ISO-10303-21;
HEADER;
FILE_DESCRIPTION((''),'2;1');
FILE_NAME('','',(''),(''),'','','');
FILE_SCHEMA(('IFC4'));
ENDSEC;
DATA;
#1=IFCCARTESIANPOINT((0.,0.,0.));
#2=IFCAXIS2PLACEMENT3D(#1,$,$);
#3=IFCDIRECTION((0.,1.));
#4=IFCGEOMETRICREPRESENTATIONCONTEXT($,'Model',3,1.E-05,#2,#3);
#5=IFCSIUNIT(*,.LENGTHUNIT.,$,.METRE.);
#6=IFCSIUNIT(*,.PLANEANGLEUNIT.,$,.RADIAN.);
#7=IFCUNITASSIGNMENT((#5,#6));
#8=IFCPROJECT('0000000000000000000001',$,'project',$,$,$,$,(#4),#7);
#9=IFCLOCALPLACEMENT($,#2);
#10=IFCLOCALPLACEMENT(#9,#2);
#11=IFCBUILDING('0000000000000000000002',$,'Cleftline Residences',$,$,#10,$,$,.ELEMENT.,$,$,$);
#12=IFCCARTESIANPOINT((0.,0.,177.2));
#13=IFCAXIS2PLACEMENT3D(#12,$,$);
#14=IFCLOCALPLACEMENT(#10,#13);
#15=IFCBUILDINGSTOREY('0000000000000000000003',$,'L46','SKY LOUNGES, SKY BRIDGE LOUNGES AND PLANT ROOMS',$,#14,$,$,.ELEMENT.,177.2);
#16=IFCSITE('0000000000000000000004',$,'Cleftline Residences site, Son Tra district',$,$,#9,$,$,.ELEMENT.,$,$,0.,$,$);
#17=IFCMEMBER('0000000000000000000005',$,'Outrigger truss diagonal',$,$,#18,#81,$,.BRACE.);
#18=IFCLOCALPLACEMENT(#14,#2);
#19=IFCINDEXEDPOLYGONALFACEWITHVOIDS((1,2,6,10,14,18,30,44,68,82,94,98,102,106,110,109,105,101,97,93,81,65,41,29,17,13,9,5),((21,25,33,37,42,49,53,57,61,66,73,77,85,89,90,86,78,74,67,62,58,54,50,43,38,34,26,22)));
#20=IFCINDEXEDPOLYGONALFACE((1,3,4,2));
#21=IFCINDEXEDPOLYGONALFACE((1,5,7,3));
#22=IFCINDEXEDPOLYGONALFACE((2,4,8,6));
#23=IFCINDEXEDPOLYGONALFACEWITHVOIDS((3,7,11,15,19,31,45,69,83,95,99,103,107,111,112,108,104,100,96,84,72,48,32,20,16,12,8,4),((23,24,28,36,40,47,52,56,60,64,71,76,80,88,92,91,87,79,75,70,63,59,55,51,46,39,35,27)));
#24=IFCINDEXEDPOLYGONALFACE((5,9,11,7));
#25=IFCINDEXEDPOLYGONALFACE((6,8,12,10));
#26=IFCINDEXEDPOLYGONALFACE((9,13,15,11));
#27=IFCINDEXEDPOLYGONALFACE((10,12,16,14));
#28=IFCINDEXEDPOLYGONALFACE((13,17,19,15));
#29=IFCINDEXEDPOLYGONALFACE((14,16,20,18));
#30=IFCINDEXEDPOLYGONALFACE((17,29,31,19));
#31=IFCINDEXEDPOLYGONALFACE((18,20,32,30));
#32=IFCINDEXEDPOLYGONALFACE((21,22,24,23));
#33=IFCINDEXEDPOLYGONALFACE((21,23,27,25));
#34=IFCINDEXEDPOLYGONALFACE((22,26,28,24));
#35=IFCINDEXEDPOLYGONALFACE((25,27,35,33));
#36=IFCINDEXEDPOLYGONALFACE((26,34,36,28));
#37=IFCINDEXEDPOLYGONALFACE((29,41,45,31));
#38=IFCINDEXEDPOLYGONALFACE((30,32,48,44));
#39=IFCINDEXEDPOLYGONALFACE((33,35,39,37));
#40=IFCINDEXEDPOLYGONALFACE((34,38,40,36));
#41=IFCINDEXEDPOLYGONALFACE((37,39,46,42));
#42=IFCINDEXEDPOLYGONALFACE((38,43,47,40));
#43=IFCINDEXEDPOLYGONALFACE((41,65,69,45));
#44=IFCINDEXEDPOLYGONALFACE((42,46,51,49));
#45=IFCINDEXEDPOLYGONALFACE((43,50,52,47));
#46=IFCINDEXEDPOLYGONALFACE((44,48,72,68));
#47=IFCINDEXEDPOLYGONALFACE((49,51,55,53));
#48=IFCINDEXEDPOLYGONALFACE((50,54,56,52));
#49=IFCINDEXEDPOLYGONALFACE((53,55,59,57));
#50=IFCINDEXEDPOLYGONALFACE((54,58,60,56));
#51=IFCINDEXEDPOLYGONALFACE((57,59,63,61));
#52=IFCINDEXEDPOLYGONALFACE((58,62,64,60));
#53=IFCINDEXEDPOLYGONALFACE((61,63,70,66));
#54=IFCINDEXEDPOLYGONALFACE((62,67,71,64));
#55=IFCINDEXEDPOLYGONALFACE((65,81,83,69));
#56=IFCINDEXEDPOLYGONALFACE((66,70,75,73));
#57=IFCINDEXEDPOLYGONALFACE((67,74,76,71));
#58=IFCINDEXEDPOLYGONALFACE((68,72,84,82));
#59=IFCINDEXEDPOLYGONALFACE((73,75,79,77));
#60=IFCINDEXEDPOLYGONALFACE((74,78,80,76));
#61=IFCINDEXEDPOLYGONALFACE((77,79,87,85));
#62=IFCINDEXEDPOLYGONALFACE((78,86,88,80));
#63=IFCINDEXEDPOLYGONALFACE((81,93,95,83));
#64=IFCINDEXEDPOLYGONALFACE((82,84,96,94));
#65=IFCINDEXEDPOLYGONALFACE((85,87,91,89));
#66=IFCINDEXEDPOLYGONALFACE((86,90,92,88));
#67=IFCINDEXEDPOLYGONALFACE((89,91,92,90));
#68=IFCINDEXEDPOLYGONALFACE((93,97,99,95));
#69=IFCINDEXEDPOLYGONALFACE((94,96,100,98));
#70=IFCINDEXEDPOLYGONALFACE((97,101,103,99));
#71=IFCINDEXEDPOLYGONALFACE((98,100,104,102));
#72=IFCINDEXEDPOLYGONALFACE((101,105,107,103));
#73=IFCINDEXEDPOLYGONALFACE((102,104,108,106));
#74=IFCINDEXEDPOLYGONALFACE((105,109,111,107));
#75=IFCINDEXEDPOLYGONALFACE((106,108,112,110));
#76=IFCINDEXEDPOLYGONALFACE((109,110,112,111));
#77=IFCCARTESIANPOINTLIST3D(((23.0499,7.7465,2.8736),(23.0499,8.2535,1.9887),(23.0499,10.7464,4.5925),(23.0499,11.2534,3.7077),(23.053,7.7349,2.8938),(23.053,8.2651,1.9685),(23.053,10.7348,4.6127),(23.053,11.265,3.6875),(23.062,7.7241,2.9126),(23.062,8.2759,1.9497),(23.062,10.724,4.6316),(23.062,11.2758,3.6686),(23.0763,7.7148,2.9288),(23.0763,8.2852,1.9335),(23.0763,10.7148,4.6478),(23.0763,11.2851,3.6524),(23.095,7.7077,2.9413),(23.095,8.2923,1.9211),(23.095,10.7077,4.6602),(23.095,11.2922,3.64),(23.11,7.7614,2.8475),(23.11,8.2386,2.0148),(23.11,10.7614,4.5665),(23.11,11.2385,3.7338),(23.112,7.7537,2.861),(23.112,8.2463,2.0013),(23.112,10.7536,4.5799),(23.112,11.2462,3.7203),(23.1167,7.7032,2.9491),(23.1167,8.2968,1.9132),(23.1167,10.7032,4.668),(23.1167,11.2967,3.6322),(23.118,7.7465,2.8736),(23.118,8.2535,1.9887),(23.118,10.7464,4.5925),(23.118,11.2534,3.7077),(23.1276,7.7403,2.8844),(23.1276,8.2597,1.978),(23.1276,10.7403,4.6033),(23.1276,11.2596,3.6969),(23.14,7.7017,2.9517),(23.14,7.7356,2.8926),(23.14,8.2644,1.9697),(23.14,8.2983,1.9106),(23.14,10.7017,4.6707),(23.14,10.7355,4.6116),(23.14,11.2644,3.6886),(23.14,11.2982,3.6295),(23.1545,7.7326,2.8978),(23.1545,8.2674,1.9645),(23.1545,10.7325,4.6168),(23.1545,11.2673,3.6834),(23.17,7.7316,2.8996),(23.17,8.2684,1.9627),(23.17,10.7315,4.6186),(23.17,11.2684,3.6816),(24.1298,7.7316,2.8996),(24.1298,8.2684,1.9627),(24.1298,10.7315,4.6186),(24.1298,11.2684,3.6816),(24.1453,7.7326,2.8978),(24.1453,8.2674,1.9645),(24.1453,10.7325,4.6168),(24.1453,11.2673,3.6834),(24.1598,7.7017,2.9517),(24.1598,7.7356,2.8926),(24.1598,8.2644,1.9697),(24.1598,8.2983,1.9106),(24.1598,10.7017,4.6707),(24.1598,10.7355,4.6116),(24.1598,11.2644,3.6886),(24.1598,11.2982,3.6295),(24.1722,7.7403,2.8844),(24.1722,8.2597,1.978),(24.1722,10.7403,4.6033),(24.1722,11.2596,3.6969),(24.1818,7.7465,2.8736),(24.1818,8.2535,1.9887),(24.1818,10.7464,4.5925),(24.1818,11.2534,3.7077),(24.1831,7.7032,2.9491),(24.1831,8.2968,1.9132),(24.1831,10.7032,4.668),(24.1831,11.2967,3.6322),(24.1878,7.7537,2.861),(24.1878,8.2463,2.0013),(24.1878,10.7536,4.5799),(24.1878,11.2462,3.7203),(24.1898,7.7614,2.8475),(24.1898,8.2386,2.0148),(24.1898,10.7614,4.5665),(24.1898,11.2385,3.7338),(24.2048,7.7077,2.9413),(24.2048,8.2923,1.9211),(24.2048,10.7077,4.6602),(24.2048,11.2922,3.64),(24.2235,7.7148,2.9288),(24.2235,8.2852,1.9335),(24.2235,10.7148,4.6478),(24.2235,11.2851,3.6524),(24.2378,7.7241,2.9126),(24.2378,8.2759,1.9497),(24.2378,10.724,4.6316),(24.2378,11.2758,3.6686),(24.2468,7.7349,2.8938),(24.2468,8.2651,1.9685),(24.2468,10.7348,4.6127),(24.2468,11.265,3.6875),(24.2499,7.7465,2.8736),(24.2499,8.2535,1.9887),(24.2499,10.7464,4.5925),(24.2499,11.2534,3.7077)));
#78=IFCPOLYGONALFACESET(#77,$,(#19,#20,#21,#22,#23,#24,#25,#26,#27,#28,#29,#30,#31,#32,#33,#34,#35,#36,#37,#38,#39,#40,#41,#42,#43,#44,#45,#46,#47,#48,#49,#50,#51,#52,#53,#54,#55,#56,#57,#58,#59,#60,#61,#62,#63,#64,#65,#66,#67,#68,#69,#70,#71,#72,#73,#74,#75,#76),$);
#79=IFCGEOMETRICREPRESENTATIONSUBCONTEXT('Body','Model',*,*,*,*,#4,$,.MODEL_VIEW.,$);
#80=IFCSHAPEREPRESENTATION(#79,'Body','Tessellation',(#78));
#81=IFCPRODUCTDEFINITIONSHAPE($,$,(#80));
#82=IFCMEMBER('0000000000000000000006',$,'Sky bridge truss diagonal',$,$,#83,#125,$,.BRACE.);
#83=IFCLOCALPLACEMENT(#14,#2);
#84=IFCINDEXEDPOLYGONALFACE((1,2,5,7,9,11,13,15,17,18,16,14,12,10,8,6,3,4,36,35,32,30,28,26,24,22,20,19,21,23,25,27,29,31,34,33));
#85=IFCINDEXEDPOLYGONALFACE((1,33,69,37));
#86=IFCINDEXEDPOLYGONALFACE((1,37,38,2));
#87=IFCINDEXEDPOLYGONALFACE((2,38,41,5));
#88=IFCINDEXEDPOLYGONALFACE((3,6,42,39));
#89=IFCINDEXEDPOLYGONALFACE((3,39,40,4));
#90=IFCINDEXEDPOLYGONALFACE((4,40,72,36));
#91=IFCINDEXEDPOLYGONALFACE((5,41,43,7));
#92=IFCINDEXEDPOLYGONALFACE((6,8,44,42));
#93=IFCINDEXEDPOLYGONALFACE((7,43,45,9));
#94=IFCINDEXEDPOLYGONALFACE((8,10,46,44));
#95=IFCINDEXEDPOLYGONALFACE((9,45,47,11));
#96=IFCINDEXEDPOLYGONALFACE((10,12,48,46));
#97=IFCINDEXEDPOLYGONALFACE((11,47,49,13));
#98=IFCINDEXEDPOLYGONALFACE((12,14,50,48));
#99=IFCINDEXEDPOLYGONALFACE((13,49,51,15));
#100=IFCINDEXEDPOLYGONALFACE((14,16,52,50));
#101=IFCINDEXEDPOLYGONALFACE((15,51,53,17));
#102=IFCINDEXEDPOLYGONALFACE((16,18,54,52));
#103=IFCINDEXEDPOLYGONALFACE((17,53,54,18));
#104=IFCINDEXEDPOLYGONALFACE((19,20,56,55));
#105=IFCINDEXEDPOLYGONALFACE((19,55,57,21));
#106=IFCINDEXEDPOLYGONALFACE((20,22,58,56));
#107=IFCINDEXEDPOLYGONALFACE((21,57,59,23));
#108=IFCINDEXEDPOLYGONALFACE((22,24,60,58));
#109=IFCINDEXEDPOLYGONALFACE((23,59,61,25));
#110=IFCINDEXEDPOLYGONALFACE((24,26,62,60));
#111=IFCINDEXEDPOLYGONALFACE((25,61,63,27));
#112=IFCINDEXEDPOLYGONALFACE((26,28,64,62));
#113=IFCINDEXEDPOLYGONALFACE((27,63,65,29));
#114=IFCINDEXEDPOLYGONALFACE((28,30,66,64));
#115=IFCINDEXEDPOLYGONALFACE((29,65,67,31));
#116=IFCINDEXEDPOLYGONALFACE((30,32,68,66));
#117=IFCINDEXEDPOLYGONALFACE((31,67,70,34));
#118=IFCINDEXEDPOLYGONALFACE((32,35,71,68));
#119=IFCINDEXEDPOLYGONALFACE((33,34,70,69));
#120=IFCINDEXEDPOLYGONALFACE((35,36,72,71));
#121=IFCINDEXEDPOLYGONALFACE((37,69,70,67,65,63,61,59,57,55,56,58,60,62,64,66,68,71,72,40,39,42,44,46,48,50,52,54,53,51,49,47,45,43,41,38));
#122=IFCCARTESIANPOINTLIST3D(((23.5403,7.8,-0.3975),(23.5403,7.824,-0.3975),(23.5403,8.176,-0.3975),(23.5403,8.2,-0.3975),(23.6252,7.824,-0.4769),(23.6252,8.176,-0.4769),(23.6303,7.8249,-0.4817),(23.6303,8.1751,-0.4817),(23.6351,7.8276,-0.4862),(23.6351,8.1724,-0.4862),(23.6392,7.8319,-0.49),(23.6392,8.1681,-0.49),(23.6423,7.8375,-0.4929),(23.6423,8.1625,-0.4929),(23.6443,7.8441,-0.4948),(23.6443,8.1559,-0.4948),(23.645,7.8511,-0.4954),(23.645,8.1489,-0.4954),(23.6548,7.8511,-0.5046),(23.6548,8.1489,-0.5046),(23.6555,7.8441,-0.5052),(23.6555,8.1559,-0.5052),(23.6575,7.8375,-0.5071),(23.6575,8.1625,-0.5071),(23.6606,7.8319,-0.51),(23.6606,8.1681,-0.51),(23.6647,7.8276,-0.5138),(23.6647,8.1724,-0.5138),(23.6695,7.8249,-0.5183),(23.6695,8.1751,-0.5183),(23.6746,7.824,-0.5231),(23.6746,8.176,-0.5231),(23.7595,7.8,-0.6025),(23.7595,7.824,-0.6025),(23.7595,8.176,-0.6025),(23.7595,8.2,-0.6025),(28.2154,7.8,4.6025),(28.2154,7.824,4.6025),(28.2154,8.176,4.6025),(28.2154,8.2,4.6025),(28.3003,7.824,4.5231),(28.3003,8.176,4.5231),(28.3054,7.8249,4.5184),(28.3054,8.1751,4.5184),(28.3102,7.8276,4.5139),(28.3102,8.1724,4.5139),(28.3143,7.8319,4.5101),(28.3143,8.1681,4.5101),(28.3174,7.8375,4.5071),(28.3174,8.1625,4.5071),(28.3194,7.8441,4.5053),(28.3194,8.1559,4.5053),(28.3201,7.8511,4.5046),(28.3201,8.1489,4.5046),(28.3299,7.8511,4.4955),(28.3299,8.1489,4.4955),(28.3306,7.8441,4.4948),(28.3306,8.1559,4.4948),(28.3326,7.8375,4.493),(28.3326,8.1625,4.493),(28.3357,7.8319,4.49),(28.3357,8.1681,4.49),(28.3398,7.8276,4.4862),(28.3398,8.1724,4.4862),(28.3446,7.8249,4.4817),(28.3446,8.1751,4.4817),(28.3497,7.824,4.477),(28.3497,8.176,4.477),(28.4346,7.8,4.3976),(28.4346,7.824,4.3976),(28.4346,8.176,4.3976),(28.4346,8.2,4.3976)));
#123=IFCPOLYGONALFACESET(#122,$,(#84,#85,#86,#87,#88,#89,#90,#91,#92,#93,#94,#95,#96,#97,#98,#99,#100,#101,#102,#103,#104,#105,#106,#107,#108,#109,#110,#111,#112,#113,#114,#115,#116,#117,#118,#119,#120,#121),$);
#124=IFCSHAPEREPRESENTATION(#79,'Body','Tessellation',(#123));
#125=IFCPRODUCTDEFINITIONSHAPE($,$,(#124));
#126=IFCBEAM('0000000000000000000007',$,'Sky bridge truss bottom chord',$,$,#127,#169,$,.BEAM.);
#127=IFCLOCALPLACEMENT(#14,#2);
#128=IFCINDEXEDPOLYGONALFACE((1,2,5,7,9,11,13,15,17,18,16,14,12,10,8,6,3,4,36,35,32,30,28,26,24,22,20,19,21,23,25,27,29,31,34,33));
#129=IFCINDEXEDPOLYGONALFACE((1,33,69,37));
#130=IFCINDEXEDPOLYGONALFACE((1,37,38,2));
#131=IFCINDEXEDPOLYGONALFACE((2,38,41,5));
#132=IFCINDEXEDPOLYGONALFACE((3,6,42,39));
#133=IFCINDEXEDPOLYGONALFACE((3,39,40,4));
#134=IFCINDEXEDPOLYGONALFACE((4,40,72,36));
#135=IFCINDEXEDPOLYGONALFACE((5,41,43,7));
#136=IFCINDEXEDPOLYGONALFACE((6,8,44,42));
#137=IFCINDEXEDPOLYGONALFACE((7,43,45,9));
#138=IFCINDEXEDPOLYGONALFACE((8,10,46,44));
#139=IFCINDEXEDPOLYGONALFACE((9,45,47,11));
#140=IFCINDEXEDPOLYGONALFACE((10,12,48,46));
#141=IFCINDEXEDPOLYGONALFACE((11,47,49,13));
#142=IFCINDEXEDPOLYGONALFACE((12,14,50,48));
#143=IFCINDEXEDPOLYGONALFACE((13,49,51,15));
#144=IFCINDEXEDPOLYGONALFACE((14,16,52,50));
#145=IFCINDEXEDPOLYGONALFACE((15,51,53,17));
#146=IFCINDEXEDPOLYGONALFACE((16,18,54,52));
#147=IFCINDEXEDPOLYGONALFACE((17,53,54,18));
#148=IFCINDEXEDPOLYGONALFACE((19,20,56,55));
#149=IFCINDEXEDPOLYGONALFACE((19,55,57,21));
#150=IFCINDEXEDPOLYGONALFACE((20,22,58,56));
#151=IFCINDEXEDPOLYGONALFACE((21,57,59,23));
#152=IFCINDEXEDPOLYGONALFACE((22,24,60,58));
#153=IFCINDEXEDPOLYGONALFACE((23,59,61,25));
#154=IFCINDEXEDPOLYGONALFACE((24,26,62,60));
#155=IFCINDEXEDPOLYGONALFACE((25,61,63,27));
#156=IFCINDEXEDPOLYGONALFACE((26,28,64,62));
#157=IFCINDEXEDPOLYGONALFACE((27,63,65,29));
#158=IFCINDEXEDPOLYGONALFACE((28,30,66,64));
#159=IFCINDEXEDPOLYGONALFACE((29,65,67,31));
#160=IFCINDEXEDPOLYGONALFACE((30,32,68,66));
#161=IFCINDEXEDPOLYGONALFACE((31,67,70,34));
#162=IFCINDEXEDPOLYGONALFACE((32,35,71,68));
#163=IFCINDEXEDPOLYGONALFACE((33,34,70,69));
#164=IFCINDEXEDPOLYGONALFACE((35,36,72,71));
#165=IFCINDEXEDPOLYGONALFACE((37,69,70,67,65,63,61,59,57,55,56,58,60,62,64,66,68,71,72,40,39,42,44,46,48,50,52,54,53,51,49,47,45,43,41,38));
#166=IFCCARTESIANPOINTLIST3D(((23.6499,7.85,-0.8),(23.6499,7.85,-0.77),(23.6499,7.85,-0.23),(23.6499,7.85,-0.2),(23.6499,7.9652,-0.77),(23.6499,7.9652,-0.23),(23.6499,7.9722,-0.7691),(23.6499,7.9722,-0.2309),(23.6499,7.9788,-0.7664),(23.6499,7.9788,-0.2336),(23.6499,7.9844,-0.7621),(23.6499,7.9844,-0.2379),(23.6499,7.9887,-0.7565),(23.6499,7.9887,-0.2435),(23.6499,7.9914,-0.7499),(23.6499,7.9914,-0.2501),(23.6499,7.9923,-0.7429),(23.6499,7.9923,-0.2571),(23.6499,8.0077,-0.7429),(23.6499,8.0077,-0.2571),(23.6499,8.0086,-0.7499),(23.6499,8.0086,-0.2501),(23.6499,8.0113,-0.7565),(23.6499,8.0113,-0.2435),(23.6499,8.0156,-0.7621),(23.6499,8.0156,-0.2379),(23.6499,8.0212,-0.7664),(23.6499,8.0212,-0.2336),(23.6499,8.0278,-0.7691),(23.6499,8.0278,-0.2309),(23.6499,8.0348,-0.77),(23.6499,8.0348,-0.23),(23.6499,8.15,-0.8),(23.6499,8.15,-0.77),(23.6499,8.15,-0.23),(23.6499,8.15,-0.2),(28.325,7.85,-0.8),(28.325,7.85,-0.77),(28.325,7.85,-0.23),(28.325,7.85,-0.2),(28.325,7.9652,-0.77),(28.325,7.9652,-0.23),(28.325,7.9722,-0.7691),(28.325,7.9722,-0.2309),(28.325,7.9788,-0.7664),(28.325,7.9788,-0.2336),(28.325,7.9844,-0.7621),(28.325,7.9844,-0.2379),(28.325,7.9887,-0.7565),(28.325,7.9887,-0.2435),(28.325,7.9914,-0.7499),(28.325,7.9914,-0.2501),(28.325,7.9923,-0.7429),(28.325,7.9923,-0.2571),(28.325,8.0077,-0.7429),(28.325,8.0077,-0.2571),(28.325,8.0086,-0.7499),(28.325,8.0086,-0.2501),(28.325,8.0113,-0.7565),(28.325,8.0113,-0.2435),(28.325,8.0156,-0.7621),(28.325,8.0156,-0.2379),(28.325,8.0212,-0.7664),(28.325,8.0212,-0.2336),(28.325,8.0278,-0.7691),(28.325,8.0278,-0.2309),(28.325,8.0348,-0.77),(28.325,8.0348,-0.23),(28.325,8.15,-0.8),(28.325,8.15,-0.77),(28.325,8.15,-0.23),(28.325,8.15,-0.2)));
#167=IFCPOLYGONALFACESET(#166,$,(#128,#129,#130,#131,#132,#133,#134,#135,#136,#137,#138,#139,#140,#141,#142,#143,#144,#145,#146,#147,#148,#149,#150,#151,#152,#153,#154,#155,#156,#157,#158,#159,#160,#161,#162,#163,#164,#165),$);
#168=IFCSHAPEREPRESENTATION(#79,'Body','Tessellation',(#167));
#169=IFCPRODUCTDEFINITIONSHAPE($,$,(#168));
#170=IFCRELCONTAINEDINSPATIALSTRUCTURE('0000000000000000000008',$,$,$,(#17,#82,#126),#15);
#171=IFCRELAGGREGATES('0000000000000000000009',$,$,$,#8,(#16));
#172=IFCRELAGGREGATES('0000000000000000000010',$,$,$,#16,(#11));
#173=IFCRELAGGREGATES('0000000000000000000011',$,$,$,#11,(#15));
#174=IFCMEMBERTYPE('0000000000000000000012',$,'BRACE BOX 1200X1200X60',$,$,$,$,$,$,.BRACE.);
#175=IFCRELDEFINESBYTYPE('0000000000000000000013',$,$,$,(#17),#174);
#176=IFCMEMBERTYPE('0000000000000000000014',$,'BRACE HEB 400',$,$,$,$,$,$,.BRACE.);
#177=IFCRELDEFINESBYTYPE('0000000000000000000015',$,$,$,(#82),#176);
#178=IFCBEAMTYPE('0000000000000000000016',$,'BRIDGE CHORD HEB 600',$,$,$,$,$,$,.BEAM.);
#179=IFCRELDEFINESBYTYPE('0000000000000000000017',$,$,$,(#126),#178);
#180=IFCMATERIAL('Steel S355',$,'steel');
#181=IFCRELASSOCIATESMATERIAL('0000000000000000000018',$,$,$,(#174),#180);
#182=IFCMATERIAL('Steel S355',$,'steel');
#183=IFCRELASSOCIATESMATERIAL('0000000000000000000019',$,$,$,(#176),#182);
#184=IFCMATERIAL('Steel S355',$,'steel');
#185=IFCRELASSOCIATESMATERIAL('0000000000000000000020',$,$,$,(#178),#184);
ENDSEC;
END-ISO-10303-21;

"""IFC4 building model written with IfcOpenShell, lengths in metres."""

from ifc_helpers import new_model, si_unit, direction, frame, origin, origin_2d, place, context, subcontext, project, spatial, hollow_rectangle, i_section, extrude, material, material_profile, profile_set, type_object, element, save


model = new_model("IFC4")

# Units and contexts
model_context = context("Model", 3, precision=1e-05, world=origin(), true_north=direction((0.0, 1.0)))
body_context = subcontext(model_context, "Body", "Model", "MODEL_VIEW")
ifc_project = project(units=[si_unit("LENGTHUNIT", "METRE"), si_unit("PLANEANGLEUNIT", "RADIAN")], contexts=[model_context])

# Site, building, storey
site_placement = place(None, origin())
site = spatial("IfcSite", under=ifc_project, at=site_placement, Name="Cleftline Residences site, Son Tra district", CompositionType="ELEMENT", RefElevation=0.0)
building_placement = place(site_placement, origin())
building = spatial("IfcBuilding", under=site, at=building_placement, Name="Cleftline Residences", CompositionType="ELEMENT")
storey_placement = place(building_placement, frame((0.0, 0.0, 177.2)))
storey = spatial("IfcBuildingStorey", under=building, at=storey_placement, Name="L46", Description="SKY LOUNGES, SKY BRIDGE LOUNGES AND PLANT ROOMS", CompositionType="ELEMENT", Elevation=177.2)

# Members
ifc_material_1 = material(Name="Steel S355", Category="steel")
ifc_material_profile_1 = material_profile(ifc_material_1, hollow_rectangle(XDim=1.2, YDim=1.2, WallThickness=0.0601, InnerFilletRadius=0.0601, OuterFilletRadius=0.0901, at=origin_2d()))
ifc_profile_set_1 = profile_set([ifc_material_profile_1], Name="Steel S355")
member_type_1 = type_object("IfcMemberType", Name="BRACE BOX 1200X1200X60", PredefinedType="BRACE", material=ifc_profile_set_1)
member_1_placement = place(storey_placement, frame((23.6499, 8.0, 2.4312), z_axis=(0.0, 0.867656, 0.497165), x_axis=(0.0, -0.497165, 0.867656)))
element("IfcMember", 1, at=member_1_placement, inside=storey, type_object=member_type_1, Name="Outrigger truss diagonal", PredefinedType="BRACE", context=body_context, shape_type="SweptSolid", body=[
    extrude(hollow_rectangle(XDim=1.2, YDim=1.2, WallThickness=0.0601, InnerFilletRadius=0.0601, OuterFilletRadius=0.0901, at=origin_2d()), origin(), (0.0, 0.0, 1.0), 3.4575),
])
ifc_material_2 = material(Name="Steel S355", Category="steel")
ifc_material_profile_2 = material_profile(ifc_material_2, i_section(OverallWidth=0.3, OverallDepth=0.3999, WebThickness=0.0134, FlangeThickness=0.0239, FilletRadius=0.0271, at=origin_2d()))
ifc_profile_set_2 = profile_set([ifc_material_profile_2], Name="Steel S355")
member_type_2 = type_object("IfcMemberType", Name="BRACE HEB 400", PredefinedType="BRACE", material=ifc_profile_set_2)
member_2_placement = place(storey_placement, frame((23.6499, 8.0, -0.5), z_axis=(0.682972, 0.0, 0.730444), x_axis=(-0.730444, 0.0, 0.682972)))
element("IfcMember", 2, at=member_2_placement, inside=storey, type_object=member_type_2, Name="Sky bridge truss diagonal", PredefinedType="BRACE", context=body_context, shape_type="SweptSolid", body=[
    extrude(i_section(OverallWidth=0.3, OverallDepth=0.3999, WebThickness=0.0134, FlangeThickness=0.0239, FilletRadius=0.0271, at=origin_2d()), origin(), (0.0, 0.0, 1.0), 6.8452),
])

# Beam
ifc_material_3 = material(Name="Steel S355", Category="steel")
ifc_material_profile_3 = material_profile(ifc_material_3, i_section(OverallWidth=0.3, OverallDepth=0.6001, WebThickness=0.0154, FlangeThickness=0.03, FilletRadius=0.0271, at=origin_2d()))
ifc_profile_set_3 = profile_set([ifc_material_profile_3], Name="Steel S355")
beam_type = type_object("IfcBeamType", Name="BRIDGE CHORD HEB 600", PredefinedType="BEAM", material=ifc_profile_set_3)
for number, where, z_axis, x_axis, name in (
    (3, (23.6499, 8.0, -0.5), (1.0, 0.0, 0.0), (0.0, 1.0, 0.0), "Sky bridge truss bottom chord"),
):
    element("IfcBeam", number, at=place(storey_placement, frame(where, z_axis=z_axis, x_axis=x_axis)), inside=storey, type_object=beam_type, Name=name, PredefinedType="BEAM", context=body_context, shape_type="SweptSolid", body=[
        extrude(i_section(OverallWidth=0.3, OverallDepth=0.6001, WebThickness=0.0154, FlangeThickness=0.03, FilletRadius=0.0271, at=origin_2d()), origin(), (0.0, 0.0, 1.0), 4.675),
    ])

save(model, "model.ifc")
